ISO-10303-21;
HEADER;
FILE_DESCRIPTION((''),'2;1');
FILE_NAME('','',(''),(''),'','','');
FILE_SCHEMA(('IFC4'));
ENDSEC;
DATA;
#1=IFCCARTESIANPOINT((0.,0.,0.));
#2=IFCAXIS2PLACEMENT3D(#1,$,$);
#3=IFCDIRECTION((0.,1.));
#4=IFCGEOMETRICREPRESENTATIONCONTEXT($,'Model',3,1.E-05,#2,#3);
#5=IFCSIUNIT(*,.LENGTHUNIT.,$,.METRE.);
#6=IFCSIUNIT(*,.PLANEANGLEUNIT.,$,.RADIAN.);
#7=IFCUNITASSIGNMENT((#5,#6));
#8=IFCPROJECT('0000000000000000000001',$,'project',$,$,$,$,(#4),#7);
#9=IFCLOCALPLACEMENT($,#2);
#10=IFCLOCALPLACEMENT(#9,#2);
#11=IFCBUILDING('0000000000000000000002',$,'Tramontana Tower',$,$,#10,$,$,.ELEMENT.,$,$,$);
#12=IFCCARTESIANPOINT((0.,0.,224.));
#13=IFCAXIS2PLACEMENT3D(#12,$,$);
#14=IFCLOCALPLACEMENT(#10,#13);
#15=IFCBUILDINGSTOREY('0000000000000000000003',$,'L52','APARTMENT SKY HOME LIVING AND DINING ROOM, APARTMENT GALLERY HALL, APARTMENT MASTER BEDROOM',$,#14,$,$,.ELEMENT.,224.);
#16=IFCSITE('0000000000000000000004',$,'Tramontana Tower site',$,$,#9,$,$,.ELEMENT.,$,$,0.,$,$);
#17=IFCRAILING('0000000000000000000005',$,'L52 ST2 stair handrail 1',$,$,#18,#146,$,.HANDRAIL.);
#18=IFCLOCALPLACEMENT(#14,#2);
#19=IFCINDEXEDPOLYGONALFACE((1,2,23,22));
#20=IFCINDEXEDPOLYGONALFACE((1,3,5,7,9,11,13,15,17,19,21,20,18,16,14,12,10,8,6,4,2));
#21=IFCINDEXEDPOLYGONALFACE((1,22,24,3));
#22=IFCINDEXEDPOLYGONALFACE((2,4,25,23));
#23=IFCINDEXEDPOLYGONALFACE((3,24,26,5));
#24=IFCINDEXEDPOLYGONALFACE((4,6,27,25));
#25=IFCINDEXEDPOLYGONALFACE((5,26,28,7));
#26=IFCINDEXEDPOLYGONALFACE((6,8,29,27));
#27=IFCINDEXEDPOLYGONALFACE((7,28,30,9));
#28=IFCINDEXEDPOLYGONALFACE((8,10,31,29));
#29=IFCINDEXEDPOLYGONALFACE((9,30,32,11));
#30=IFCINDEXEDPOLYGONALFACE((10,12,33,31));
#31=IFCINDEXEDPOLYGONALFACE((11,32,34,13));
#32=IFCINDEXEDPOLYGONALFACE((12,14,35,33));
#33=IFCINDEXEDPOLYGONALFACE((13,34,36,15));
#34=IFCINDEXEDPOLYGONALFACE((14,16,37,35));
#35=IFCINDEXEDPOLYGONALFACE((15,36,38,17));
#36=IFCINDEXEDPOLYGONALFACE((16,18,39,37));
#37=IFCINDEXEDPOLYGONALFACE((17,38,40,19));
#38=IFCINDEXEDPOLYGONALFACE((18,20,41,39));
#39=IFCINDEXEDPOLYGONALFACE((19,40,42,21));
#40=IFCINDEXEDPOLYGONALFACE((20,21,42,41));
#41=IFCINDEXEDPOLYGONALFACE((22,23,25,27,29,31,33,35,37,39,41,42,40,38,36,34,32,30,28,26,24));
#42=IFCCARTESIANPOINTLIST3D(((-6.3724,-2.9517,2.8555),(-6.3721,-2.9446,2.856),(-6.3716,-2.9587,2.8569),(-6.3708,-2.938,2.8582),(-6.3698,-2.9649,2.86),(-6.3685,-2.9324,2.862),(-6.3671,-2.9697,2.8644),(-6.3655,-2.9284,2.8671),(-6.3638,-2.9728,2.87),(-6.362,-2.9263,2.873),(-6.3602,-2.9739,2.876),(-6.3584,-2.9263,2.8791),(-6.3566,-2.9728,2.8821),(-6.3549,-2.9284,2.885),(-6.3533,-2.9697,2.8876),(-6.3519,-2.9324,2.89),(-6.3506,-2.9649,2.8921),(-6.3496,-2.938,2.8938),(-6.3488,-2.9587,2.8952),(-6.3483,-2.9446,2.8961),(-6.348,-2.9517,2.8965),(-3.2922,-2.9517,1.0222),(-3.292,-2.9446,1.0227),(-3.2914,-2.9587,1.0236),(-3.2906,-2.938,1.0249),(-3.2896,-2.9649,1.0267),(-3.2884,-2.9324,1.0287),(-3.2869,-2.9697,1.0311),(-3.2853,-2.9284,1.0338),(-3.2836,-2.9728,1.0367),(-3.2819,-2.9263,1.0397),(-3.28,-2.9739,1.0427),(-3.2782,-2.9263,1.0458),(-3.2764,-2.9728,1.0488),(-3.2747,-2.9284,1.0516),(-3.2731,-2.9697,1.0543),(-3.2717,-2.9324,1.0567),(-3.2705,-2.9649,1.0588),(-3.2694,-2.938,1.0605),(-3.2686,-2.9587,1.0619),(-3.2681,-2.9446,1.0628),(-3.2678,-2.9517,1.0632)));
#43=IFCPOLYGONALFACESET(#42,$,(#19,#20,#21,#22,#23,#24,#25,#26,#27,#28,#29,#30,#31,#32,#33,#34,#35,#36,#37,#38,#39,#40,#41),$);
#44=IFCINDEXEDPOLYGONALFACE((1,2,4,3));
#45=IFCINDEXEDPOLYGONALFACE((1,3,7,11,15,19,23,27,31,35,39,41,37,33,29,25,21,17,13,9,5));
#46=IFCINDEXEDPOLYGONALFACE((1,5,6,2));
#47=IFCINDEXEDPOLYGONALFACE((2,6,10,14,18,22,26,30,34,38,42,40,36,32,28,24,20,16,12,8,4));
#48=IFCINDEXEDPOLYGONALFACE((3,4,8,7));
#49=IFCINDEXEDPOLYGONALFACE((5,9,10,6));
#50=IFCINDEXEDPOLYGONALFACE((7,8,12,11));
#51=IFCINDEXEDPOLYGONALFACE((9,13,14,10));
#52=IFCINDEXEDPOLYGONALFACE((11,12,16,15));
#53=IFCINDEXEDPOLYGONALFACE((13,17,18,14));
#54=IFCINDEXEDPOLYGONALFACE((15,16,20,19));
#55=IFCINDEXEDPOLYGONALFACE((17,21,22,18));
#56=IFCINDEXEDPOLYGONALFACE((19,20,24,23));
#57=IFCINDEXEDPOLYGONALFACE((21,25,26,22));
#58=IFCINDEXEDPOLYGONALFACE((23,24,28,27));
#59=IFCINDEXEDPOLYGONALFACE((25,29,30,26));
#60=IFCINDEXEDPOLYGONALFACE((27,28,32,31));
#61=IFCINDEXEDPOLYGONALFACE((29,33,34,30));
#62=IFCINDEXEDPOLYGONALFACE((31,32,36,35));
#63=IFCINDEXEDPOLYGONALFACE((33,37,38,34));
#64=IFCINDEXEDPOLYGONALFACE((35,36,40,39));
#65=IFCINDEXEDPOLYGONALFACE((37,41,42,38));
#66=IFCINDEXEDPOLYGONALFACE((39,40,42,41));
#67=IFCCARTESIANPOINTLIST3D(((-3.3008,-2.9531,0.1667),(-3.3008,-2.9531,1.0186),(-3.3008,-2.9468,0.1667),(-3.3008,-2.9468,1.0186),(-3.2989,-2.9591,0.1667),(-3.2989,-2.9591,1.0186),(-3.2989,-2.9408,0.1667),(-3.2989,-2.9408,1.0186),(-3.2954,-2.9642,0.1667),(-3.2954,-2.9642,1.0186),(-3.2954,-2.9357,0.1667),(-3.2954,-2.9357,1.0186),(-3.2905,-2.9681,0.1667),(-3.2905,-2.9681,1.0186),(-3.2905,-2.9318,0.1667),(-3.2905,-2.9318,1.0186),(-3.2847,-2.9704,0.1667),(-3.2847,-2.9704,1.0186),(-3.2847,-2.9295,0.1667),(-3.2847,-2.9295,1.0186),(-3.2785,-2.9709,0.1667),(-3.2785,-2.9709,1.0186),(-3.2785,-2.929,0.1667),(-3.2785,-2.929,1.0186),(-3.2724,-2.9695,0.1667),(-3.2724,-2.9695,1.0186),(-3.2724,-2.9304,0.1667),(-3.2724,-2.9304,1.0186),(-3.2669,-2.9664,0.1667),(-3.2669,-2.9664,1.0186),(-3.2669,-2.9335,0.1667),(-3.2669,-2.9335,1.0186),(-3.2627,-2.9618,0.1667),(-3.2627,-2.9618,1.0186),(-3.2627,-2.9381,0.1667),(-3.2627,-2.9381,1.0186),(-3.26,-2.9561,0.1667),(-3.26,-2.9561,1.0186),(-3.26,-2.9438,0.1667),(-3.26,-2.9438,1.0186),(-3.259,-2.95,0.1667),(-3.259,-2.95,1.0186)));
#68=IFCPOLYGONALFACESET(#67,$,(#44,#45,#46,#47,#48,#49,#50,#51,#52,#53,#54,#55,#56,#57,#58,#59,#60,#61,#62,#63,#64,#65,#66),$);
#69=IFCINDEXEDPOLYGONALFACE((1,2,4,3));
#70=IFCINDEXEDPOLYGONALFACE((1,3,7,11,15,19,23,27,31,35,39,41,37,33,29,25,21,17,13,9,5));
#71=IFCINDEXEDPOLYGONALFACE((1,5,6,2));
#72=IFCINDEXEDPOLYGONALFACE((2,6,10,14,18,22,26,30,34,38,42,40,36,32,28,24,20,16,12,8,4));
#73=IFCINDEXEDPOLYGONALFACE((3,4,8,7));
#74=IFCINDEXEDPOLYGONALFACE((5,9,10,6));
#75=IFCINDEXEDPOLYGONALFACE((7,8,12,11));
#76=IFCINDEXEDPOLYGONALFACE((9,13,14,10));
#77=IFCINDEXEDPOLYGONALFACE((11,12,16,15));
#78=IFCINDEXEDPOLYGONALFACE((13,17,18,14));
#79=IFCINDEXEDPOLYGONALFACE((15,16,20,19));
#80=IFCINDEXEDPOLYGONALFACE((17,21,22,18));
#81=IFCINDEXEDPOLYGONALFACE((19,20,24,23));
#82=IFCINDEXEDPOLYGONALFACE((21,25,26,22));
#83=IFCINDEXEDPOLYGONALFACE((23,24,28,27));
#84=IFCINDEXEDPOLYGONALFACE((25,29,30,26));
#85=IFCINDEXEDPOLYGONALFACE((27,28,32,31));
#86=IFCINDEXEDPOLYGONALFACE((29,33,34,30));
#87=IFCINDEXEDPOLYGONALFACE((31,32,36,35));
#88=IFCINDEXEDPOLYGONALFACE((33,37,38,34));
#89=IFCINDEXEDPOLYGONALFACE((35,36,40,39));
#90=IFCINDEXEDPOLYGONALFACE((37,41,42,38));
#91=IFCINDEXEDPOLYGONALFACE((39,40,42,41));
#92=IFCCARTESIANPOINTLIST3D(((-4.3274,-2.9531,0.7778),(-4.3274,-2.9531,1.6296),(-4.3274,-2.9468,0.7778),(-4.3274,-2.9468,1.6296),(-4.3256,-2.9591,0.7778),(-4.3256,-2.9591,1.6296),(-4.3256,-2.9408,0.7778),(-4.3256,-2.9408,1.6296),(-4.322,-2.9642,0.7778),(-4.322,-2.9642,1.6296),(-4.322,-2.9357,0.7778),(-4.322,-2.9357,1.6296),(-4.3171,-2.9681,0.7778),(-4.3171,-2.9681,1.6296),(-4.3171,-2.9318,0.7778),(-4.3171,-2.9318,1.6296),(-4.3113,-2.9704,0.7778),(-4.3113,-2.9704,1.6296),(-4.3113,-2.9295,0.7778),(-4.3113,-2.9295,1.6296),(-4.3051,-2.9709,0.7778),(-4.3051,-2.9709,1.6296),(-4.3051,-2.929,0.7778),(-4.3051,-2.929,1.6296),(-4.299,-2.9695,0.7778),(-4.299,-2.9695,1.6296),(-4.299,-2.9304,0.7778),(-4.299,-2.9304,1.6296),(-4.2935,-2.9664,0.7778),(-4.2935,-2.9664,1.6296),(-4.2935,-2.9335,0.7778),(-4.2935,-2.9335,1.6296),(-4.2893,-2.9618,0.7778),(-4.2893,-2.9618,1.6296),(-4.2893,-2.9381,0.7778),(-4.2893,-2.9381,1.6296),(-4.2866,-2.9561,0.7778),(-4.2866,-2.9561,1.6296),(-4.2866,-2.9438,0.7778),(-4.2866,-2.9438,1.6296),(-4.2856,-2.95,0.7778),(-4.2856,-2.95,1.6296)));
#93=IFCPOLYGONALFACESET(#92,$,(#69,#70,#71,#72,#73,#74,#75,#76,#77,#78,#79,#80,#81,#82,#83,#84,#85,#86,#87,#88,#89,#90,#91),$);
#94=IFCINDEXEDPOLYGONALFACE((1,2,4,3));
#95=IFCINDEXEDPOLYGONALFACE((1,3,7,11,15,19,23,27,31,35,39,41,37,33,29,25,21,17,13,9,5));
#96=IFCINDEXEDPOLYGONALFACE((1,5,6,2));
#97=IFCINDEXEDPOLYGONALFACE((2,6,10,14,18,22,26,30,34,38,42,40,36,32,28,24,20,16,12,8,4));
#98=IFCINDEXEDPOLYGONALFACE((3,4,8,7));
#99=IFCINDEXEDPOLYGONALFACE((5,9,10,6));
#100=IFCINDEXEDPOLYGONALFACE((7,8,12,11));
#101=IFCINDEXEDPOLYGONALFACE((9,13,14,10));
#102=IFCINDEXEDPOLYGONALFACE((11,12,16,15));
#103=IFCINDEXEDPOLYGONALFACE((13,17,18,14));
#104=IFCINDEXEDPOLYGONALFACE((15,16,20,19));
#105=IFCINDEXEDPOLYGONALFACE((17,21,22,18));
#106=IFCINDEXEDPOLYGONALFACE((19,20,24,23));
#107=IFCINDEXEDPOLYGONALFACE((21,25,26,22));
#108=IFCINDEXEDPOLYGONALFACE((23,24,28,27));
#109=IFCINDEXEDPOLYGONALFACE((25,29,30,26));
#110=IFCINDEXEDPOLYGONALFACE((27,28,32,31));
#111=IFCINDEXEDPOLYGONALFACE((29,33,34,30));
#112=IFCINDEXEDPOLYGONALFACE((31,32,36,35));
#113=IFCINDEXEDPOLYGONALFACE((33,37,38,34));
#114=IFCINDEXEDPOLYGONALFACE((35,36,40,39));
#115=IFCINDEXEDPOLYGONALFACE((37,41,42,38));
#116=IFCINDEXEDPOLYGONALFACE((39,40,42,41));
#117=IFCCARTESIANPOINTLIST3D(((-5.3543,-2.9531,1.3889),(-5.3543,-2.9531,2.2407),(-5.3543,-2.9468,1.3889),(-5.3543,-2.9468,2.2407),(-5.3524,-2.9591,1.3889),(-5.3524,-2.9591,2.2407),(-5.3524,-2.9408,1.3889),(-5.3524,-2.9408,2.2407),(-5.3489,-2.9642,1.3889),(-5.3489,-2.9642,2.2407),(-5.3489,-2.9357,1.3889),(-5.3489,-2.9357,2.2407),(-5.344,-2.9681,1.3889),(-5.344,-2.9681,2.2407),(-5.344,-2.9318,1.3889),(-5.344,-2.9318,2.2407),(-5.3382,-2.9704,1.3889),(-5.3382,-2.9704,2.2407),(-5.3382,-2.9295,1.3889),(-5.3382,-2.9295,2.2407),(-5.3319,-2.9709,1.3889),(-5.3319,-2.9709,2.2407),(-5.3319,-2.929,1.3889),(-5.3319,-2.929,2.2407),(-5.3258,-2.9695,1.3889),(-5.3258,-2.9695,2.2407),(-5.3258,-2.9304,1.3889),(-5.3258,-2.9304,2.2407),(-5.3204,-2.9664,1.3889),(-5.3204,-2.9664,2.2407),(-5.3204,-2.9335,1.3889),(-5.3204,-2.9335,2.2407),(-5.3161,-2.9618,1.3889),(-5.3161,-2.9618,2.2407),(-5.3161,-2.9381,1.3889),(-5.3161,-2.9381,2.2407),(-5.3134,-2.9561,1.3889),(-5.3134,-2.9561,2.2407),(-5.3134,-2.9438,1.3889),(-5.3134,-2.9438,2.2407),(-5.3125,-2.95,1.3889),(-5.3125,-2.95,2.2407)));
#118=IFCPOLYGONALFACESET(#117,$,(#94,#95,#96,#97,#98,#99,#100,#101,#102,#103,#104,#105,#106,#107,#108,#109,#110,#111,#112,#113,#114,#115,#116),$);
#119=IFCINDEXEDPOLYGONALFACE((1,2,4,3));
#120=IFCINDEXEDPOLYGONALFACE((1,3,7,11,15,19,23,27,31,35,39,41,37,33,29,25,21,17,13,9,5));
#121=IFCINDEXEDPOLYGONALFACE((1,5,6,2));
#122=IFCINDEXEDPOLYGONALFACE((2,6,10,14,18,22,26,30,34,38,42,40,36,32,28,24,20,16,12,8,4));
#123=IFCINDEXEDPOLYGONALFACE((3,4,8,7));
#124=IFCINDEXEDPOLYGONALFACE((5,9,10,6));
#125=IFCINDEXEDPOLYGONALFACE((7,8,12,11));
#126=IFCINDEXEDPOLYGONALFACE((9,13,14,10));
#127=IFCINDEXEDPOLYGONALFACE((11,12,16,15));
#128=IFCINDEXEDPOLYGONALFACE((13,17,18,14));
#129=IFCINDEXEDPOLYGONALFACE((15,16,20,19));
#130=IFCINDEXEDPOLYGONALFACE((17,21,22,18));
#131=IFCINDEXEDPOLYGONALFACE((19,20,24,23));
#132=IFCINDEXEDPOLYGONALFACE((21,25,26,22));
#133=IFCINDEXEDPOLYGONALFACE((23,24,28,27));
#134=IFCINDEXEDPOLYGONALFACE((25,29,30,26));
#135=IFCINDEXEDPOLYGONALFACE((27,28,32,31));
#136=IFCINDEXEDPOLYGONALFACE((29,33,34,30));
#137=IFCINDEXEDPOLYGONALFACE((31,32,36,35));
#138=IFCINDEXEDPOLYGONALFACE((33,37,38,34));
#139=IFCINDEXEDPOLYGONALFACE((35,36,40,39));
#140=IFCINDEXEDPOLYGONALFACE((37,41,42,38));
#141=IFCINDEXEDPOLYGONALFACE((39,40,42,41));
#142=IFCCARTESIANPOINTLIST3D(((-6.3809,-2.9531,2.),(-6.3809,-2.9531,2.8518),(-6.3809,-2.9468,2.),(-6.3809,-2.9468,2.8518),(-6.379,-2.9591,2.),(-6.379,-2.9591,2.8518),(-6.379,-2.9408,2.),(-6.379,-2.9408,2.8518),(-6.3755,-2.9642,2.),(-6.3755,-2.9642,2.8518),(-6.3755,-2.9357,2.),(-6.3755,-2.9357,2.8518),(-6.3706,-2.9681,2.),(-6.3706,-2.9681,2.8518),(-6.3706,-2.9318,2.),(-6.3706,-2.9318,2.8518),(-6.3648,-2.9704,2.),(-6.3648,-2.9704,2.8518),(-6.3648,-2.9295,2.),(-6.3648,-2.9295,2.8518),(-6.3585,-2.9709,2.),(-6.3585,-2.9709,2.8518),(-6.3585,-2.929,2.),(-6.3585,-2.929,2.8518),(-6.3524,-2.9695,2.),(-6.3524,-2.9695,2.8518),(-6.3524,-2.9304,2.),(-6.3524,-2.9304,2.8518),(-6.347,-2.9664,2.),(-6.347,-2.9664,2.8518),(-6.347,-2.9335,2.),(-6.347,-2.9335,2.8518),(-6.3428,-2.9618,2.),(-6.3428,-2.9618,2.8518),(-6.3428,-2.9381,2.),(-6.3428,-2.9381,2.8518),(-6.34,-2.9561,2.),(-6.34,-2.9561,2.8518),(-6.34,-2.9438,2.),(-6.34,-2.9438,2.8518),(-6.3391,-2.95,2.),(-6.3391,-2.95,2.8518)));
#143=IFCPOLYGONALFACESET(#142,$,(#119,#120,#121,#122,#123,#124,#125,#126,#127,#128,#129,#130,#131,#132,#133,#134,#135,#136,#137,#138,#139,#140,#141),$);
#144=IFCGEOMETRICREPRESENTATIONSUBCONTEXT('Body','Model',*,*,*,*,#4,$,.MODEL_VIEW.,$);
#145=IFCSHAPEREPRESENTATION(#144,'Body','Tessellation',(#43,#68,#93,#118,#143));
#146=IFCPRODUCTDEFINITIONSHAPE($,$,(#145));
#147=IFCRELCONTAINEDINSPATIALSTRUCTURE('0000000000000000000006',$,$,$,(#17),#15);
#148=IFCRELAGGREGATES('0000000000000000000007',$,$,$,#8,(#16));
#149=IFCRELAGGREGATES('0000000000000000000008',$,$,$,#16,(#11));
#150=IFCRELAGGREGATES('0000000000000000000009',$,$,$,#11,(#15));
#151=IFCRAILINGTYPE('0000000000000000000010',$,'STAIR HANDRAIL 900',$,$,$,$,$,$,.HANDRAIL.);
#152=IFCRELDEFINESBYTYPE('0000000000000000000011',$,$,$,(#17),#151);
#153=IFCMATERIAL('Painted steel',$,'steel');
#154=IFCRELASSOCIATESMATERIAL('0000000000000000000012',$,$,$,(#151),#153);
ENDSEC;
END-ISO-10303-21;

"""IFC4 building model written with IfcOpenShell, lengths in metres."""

from ifc_helpers import new_model, si_unit, direction, frame, origin, origin_2d, place, context, subcontext, project, spatial, circle, extrude, material, type_object, element, save


model = new_model("IFC4")

# Units and contexts
model_context = context("Model", 3, precision=1e-05, world=origin(), true_north=direction((0.0, 1.0)))
body_context = subcontext(model_context, "Body", "Model", "MODEL_VIEW")
ifc_project = project(units=[si_unit("LENGTHUNIT", "METRE"), si_unit("PLANEANGLEUNIT", "RADIAN")], contexts=[model_context])

# Site, building, storey
site_placement = place(None, origin())
site = spatial("IfcSite", under=ifc_project, at=site_placement, Name="Tramontana Tower site", CompositionType="ELEMENT", RefElevation=0.0)
building_placement = place(site_placement, origin())
building = spatial("IfcBuilding", under=site, at=building_placement, Name="Tramontana Tower", CompositionType="ELEMENT")
storey_placement = place(building_placement, frame((0.0, 0.0, 224.0)))
storey = spatial("IfcBuildingStorey", under=building, at=storey_placement, Name="L52", Description="APARTMENT SKY HOME LIVING AND DINING ROOM, APARTMENT GALLERY HALL, APARTMENT MASTER BEDROOM", CompositionType="ELEMENT", Elevation=224.0)

# Railing
ifc_material_1 = material(Name="Painted steel", Category="steel")
railing_type_1 = type_object("IfcRailingType", Name="STAIR HANDRAIL 900", PredefinedType="HANDRAIL", material=ifc_material_1)
railing_1_placement = place(storey_placement, frame((-3.28, -2.95, 0.1667)))
element("IfcRailing", 1, at=railing_1_placement, inside=storey, type_object=railing_type_1, Name="L52 ST2 stair handrail 1", PredefinedType="HANDRAIL", context=body_context, shape_type="SweptSolid", body=[
    extrude(circle(Radius=0.0239, at=origin_2d()), frame((0.0, 0.0, 0.876), z_axis=(-0.859309, 0.0, 0.511458), x_axis=(0.0, -1.0, 0.0)), (0.0, 0.0, 1.0), 3.5845),
    extrude(circle(Radius=0.021, at=origin_2d()), origin(), (0.0, 0.0, 1.0), 0.8518),
    extrude(circle(Radius=0.021, at=origin_2d()), frame((-1.0266, 0.0, 0.6111)), (0.0, 0.0, 1.0), 0.8518),
    extrude(circle(Radius=0.021, at=origin_2d()), frame((-2.0535, 0.0, 1.2222)), (0.0, 0.0, 1.0), 0.8518),
    extrude(circle(Radius=0.021, at=origin_2d()), frame((-3.0801, 0.0, 1.8333)), (0.0, 0.0, 1.0), 0.8518),
])

save(model, "model.ifc")
